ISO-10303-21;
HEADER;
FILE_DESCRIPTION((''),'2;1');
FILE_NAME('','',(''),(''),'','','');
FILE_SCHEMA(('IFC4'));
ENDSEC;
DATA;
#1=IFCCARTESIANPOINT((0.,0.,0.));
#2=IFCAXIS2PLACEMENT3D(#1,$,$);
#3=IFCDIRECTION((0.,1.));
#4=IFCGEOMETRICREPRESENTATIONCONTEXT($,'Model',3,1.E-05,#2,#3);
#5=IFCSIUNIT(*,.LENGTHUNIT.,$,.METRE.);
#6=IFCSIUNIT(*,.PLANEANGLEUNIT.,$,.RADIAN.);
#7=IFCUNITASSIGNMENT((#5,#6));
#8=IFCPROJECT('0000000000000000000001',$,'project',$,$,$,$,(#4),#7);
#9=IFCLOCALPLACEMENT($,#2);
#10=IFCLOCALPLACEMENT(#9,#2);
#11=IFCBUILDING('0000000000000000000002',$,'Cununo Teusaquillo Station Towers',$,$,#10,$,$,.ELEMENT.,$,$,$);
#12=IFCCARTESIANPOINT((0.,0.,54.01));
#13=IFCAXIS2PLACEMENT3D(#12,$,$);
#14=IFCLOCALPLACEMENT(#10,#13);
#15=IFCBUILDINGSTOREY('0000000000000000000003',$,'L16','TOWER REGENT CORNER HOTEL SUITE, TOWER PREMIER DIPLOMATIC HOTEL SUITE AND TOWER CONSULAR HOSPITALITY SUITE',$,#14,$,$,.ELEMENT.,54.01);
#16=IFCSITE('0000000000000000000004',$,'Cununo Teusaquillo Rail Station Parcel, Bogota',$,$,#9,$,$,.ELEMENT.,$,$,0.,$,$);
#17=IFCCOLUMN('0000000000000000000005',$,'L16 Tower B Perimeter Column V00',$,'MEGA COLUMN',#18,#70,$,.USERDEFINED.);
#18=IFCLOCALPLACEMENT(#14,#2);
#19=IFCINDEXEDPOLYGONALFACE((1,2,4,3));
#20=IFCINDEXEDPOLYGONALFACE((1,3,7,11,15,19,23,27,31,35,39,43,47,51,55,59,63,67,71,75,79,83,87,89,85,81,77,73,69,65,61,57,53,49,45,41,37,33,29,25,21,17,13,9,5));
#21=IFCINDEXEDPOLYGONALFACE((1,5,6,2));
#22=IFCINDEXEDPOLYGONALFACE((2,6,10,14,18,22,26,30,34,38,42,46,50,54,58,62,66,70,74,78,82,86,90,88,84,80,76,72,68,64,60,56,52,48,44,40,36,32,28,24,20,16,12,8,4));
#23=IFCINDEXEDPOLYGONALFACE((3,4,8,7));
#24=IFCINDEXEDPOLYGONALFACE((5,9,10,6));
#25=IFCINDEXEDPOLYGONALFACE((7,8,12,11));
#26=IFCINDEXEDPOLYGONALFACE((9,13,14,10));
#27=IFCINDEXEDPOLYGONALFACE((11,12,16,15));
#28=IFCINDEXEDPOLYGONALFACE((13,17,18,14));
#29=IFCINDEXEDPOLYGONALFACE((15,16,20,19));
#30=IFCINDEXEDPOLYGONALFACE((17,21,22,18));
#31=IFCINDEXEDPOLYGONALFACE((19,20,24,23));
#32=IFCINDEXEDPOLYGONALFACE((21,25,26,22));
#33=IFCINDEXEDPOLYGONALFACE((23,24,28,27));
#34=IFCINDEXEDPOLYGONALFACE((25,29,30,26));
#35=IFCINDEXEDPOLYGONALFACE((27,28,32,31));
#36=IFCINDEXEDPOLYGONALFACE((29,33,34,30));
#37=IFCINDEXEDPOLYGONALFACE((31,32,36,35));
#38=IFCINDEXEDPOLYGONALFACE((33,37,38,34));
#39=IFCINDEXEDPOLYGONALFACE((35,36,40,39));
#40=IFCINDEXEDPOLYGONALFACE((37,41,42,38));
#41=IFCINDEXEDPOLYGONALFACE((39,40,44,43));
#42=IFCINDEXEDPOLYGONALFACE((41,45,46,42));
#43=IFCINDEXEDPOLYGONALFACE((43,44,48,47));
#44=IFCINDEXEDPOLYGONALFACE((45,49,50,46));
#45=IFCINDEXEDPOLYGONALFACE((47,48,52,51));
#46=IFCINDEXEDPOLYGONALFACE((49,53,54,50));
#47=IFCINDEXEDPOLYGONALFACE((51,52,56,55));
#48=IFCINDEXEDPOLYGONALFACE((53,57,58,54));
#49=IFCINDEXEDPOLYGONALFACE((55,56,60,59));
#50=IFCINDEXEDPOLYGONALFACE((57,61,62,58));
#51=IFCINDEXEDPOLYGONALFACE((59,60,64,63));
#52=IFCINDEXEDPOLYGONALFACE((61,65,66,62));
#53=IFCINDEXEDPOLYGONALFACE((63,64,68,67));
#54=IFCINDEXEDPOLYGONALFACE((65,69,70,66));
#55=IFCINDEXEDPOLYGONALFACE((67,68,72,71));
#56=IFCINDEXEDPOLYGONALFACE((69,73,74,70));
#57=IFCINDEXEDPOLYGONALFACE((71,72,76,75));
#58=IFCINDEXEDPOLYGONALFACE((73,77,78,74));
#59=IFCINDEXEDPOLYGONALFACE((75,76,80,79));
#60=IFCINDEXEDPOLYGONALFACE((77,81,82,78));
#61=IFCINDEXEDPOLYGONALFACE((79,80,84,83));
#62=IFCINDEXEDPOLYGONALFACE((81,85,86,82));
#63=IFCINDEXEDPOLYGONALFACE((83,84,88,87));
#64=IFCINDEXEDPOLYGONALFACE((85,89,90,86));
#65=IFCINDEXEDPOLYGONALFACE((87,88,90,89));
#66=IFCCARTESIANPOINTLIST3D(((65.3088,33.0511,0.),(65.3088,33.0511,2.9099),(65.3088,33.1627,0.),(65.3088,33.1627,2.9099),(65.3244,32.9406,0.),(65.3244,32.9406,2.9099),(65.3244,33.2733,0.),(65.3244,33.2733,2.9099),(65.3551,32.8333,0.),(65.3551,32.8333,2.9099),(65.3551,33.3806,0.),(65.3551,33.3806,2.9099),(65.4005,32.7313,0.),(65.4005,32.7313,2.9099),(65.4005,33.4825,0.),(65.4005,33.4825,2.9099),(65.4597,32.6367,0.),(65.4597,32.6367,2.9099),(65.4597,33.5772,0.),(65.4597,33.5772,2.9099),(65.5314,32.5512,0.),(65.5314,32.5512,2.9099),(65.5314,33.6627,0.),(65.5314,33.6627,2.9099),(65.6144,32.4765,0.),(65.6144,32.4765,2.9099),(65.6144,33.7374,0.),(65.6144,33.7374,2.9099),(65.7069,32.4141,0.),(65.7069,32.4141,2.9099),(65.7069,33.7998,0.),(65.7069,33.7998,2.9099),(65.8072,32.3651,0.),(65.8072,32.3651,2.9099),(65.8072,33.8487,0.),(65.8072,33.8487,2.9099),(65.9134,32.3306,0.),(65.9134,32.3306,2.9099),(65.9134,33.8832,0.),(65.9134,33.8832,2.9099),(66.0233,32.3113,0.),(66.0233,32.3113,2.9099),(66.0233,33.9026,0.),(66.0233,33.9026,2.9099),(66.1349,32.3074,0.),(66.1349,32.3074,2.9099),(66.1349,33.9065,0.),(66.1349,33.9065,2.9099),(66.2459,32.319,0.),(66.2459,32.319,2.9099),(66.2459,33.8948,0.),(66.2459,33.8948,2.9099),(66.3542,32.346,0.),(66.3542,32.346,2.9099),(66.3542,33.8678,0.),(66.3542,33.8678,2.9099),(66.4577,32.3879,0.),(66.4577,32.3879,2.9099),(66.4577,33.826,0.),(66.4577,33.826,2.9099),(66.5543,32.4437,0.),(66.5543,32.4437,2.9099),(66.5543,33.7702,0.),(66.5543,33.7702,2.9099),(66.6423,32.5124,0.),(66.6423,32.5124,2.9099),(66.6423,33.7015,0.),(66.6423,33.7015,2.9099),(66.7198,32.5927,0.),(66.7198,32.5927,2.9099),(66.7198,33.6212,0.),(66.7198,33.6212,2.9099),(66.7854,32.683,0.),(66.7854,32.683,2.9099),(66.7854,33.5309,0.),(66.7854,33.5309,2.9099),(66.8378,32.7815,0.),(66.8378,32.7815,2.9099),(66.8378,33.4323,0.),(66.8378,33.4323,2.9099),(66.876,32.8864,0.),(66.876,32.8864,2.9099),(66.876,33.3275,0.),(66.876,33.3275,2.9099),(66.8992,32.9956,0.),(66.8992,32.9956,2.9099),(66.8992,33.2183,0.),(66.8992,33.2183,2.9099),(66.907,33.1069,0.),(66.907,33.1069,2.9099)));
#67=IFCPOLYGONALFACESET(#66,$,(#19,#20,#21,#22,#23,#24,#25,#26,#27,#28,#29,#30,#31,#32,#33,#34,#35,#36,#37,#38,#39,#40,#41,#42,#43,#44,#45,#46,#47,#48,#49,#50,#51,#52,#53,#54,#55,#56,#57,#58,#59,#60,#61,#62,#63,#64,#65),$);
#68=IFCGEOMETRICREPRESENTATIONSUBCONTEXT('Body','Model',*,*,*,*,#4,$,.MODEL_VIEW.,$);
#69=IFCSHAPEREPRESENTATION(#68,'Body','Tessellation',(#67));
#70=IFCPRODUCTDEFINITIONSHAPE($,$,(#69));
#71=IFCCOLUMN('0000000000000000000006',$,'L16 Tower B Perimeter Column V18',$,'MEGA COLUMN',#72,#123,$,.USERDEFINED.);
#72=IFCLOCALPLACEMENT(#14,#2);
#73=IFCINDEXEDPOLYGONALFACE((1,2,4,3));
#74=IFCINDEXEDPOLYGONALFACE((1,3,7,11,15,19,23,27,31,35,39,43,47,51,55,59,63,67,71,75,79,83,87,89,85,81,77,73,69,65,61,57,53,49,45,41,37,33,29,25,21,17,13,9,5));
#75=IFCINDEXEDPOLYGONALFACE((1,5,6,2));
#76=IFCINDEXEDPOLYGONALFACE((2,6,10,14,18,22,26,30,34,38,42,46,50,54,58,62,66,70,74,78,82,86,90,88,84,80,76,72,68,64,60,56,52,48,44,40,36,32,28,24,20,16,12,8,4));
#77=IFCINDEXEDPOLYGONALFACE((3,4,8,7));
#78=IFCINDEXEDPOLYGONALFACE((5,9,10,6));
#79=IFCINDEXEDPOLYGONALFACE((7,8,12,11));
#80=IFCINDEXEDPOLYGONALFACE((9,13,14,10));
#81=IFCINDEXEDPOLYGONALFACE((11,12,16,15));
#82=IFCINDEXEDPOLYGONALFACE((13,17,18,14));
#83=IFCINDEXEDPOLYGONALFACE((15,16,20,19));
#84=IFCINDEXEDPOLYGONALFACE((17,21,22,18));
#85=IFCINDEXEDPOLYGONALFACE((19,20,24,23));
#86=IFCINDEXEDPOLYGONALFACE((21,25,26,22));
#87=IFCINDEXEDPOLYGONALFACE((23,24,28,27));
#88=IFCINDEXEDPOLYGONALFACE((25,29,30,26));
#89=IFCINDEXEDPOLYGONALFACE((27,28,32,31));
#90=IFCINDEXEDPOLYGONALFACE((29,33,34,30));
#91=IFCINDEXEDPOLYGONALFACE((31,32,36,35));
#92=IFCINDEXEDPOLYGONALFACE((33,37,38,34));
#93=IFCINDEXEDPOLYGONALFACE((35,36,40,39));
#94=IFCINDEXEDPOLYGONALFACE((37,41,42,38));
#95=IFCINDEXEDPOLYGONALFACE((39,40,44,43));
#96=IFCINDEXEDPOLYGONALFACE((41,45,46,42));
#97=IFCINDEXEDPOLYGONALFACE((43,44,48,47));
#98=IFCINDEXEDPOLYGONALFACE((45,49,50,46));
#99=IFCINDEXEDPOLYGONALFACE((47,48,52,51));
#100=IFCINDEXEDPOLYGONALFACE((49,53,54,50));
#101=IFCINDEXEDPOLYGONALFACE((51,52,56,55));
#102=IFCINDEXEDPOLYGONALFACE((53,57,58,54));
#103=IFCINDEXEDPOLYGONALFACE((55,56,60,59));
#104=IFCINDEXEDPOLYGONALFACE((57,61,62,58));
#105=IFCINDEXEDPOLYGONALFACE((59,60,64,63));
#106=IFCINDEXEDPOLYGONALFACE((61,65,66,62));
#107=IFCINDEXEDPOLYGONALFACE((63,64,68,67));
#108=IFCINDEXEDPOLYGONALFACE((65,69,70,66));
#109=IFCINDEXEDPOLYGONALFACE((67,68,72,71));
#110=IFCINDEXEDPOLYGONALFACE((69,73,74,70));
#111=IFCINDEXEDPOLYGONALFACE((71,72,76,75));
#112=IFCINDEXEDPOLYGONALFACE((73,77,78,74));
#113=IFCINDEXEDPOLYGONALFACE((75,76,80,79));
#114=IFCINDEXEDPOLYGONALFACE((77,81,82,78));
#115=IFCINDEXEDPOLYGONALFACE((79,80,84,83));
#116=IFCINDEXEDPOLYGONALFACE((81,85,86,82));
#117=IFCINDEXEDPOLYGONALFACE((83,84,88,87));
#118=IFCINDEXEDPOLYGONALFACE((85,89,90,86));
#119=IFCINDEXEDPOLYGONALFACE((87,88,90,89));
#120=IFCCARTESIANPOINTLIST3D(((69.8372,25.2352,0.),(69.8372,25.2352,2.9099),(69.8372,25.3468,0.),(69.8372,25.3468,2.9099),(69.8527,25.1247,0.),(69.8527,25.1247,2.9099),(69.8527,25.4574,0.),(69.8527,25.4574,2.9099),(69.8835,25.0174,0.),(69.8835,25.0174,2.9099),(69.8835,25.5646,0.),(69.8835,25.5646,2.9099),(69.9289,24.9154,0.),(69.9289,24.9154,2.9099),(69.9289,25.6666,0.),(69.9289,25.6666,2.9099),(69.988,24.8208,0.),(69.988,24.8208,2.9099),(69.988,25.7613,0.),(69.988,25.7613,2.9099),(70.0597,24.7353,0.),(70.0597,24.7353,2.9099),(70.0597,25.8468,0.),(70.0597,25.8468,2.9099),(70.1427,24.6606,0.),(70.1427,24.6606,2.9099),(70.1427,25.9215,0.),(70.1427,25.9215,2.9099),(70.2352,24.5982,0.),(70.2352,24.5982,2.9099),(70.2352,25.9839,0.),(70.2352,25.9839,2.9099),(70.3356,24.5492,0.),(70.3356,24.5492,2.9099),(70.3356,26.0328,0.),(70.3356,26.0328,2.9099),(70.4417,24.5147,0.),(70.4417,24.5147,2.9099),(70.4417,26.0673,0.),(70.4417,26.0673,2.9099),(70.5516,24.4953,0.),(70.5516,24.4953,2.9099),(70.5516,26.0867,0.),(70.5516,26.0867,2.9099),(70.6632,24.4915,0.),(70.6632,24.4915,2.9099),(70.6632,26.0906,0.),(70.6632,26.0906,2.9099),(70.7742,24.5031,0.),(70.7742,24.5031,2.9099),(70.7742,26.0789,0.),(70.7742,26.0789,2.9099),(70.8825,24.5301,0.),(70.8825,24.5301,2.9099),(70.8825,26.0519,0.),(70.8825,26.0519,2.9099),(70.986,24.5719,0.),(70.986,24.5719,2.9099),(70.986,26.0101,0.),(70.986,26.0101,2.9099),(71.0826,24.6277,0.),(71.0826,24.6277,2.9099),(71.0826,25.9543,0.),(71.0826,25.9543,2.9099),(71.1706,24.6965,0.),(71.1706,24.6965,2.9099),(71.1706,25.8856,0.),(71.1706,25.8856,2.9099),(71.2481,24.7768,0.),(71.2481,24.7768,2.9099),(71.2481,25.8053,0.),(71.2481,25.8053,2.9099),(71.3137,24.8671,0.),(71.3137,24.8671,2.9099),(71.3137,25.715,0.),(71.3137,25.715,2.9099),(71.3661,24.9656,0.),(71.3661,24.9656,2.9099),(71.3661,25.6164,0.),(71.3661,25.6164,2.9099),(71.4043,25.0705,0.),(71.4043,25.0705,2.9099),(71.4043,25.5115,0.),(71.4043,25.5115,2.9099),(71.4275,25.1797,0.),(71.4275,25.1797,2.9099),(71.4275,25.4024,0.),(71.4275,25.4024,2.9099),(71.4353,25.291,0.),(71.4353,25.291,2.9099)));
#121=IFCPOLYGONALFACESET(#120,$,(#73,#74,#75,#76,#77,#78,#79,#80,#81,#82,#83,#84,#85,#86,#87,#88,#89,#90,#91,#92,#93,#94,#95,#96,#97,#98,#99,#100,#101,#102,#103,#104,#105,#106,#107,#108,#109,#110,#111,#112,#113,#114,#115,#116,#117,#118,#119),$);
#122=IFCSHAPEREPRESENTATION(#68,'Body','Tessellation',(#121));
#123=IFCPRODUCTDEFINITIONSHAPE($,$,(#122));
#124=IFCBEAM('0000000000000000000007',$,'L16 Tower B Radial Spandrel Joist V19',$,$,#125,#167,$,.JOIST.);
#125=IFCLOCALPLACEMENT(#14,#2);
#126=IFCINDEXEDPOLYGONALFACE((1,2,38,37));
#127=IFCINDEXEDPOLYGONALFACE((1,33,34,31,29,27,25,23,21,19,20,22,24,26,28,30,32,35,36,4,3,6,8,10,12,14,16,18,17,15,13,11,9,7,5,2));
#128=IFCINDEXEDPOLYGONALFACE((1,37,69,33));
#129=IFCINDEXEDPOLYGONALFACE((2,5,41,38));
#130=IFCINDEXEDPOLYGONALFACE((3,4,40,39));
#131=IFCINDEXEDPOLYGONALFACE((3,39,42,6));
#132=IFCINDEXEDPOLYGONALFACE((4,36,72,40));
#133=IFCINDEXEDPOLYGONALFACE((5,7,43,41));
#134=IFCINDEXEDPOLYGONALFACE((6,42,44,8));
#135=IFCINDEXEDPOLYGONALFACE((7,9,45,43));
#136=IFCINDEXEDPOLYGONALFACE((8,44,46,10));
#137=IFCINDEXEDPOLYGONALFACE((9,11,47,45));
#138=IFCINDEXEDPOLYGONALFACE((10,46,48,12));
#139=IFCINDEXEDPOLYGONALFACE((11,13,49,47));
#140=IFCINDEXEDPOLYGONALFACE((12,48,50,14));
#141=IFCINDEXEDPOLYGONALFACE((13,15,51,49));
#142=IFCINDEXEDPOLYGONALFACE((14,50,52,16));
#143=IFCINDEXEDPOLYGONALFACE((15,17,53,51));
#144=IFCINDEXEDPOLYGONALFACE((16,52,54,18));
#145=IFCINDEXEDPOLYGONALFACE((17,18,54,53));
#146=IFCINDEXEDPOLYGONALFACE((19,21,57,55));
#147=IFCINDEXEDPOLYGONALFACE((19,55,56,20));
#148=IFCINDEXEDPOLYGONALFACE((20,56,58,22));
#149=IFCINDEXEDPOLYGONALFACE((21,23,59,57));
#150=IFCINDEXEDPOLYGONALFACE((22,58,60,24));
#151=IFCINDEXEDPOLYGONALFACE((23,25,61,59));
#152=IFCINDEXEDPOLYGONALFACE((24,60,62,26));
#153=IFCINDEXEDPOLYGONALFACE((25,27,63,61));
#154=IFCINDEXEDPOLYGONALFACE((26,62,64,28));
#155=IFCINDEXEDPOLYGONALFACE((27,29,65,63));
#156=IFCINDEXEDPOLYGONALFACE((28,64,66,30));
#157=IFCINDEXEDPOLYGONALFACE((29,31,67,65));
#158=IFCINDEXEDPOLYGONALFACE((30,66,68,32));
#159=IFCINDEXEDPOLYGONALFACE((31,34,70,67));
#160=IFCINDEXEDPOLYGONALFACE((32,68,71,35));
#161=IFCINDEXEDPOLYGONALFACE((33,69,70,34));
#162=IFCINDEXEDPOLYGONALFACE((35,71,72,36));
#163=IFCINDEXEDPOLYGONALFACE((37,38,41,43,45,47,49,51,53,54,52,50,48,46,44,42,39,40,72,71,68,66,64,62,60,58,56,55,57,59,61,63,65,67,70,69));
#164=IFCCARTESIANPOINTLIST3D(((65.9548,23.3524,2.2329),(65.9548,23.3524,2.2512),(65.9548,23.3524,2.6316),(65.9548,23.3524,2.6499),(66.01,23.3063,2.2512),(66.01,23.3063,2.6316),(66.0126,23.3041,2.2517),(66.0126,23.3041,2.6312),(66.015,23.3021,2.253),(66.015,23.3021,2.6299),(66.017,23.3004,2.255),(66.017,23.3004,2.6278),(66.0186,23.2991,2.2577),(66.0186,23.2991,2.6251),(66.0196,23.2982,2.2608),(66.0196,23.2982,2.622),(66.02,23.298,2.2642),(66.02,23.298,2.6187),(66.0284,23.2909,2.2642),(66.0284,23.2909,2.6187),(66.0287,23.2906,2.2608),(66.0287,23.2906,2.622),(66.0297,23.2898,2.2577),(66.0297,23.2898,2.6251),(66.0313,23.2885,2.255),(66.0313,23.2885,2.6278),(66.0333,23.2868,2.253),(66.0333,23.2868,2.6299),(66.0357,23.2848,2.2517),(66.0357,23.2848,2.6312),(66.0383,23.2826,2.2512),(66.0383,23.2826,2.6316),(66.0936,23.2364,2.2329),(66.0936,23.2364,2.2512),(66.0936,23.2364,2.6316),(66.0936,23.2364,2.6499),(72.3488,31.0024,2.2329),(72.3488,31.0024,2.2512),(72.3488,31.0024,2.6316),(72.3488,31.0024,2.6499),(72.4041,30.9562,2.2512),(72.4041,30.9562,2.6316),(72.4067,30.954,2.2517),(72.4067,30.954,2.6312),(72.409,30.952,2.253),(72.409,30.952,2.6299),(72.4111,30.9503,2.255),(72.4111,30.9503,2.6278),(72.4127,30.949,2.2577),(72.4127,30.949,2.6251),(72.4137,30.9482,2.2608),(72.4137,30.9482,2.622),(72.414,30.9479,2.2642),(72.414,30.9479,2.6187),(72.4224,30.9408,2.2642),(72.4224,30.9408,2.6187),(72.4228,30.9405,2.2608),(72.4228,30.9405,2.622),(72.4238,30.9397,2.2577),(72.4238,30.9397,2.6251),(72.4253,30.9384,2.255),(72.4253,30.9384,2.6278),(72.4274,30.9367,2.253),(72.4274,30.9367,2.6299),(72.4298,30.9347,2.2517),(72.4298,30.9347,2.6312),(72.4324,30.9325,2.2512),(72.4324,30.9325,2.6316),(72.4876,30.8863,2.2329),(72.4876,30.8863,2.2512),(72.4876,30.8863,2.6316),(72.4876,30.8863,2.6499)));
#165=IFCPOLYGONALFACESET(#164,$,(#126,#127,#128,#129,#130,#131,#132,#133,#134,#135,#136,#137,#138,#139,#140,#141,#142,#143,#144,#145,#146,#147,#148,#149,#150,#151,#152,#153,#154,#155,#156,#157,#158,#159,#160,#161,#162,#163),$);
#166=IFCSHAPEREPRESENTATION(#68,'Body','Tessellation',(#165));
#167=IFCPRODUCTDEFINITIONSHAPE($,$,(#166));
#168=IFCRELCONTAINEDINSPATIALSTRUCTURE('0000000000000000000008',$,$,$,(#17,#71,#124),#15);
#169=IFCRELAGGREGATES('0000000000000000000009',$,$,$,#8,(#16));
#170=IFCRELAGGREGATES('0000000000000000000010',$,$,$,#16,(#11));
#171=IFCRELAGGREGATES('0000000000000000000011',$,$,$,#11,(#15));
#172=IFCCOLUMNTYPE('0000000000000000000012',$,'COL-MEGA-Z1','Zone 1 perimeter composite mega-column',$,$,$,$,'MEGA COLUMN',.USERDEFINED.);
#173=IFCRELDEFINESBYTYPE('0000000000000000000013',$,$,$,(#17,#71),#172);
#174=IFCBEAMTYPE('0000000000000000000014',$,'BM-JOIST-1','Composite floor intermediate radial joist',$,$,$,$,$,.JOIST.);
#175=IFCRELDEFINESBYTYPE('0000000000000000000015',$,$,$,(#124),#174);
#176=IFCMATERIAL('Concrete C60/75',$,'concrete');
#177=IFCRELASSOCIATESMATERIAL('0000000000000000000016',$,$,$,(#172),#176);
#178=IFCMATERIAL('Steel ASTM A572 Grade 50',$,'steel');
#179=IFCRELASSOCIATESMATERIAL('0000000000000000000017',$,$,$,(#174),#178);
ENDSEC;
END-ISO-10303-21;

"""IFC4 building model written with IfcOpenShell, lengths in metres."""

from ifc_helpers import new_model, si_unit, direction, frame, origin, origin_2d, place, context, subcontext, project, spatial, circle, i_section, extrude, material, material_profile, profile_set, type_object, element, save


model = new_model("IFC4")

# Units and contexts
model_context = context("Model", 3, precision=1e-05, world=origin(), true_north=direction((0.0, 1.0)))
body_context = subcontext(model_context, "Body", "Model", "MODEL_VIEW")
ifc_project = project(units=[si_unit("LENGTHUNIT", "METRE"), si_unit("PLANEANGLEUNIT", "RADIAN")], contexts=[model_context])

# Site, building, storey
site_placement = place(None, origin())
site = spatial("IfcSite", under=ifc_project, at=site_placement, Name="Cununo Teusaquillo Rail Station Parcel, Bogota", CompositionType="ELEMENT", RefElevation=0.0)
building_placement = place(site_placement, origin())
building = spatial("IfcBuilding", under=site, at=building_placement, Name="Cununo Teusaquillo Station Towers", CompositionType="ELEMENT")
storey_placement = place(building_placement, frame((0.0, 0.0, 54.01)))
storey = spatial("IfcBuildingStorey", under=building, at=storey_placement, Name="L16", Description="TOWER REGENT CORNER HOTEL SUITE, TOWER PREMIER DIPLOMATIC HOTEL SUITE AND TOWER CONSULAR HOSPITALITY SUITE", CompositionType="ELEMENT", Elevation=54.01)

# Columns
ifc_material_1 = material(Name="Concrete C60/75", Category="concrete")
ifc_material_profile_1 = material_profile(ifc_material_1, circle(Radius=0.8, at=origin_2d()), Name="RC-CIRC-1600")
ifc_profile_set_1 = profile_set([ifc_material_profile_1], Name="Concrete C60/75")
column_type = type_object("IfcColumnType", Name="COL-MEGA-Z1", Description="Zone 1 perimeter composite mega-column", ElementType="MEGA COLUMN", PredefinedType="USERDEFINED", material=ifc_profile_set_1)
for number, where, z_axis, x_axis, name in (
    (1, (66.1069, 33.1069, 0.0), (0.0, 0.0, 1.0), (1.0, 0.0, 0.0), "L16 Tower B Perimeter Column V00"),
    (2, (70.6353, 25.291, 0.0), (0.0, 0.0, 1.0), (1.0, 0.0, 0.0), "L16 Tower B Perimeter Column V18"),
):
    element("IfcColumn", number, at=place(storey_placement, frame(where, z_axis=z_axis, x_axis=x_axis)), inside=storey, type_object=column_type, Name=name, ObjectType="MEGA COLUMN", PredefinedType="USERDEFINED", context=body_context, shape_type="SweptSolid", body=[
        extrude(circle(Radius=0.8, at=origin_2d()), origin(), (0.0, 0.0, 1.0), 2.9099),
    ])

# Beam
ifc_material_2 = material(Name="Steel ASTM A572 Grade 50", Category="steel")
ifc_material_profile_2 = material_profile(ifc_material_2, i_section(OverallWidth=0.1809, OverallDepth=0.417, WebThickness=0.011, FlangeThickness=0.0183, FilletRadius=0.0129, at=origin_2d()), Name="W16X57")
ifc_profile_set_2 = profile_set([ifc_material_profile_2], Name="Steel ASTM A572 Grade 50")
beam_type_1 = type_object("IfcBeamType", Name="BM-JOIST-1", Description="Composite floor intermediate radial joist", PredefinedType="JOIST", material=ifc_profile_set_2)
beam_1_placement = place(storey_placement, frame((66.0242, 23.2944, 2.4414), z_axis=(0.641316, 0.767277, 0.0), x_axis=(-0.767277, 0.641316, 0.0)))
element("IfcBeam", 3, at=beam_1_placement, inside=storey, type_object=beam_type_1, Name="L16 Tower B Radial Spandrel Joist V19", PredefinedType="JOIST", context=body_context, shape_type="SweptSolid", body=[
    extrude(i_section(OverallWidth=0.1809, OverallDepth=0.417, WebThickness=0.011, FlangeThickness=0.0183, FilletRadius=0.0129, at=origin_2d()), origin(), (0.0, 0.0, 1.0), 9.9702),
])

save(model, "model.ifc")
